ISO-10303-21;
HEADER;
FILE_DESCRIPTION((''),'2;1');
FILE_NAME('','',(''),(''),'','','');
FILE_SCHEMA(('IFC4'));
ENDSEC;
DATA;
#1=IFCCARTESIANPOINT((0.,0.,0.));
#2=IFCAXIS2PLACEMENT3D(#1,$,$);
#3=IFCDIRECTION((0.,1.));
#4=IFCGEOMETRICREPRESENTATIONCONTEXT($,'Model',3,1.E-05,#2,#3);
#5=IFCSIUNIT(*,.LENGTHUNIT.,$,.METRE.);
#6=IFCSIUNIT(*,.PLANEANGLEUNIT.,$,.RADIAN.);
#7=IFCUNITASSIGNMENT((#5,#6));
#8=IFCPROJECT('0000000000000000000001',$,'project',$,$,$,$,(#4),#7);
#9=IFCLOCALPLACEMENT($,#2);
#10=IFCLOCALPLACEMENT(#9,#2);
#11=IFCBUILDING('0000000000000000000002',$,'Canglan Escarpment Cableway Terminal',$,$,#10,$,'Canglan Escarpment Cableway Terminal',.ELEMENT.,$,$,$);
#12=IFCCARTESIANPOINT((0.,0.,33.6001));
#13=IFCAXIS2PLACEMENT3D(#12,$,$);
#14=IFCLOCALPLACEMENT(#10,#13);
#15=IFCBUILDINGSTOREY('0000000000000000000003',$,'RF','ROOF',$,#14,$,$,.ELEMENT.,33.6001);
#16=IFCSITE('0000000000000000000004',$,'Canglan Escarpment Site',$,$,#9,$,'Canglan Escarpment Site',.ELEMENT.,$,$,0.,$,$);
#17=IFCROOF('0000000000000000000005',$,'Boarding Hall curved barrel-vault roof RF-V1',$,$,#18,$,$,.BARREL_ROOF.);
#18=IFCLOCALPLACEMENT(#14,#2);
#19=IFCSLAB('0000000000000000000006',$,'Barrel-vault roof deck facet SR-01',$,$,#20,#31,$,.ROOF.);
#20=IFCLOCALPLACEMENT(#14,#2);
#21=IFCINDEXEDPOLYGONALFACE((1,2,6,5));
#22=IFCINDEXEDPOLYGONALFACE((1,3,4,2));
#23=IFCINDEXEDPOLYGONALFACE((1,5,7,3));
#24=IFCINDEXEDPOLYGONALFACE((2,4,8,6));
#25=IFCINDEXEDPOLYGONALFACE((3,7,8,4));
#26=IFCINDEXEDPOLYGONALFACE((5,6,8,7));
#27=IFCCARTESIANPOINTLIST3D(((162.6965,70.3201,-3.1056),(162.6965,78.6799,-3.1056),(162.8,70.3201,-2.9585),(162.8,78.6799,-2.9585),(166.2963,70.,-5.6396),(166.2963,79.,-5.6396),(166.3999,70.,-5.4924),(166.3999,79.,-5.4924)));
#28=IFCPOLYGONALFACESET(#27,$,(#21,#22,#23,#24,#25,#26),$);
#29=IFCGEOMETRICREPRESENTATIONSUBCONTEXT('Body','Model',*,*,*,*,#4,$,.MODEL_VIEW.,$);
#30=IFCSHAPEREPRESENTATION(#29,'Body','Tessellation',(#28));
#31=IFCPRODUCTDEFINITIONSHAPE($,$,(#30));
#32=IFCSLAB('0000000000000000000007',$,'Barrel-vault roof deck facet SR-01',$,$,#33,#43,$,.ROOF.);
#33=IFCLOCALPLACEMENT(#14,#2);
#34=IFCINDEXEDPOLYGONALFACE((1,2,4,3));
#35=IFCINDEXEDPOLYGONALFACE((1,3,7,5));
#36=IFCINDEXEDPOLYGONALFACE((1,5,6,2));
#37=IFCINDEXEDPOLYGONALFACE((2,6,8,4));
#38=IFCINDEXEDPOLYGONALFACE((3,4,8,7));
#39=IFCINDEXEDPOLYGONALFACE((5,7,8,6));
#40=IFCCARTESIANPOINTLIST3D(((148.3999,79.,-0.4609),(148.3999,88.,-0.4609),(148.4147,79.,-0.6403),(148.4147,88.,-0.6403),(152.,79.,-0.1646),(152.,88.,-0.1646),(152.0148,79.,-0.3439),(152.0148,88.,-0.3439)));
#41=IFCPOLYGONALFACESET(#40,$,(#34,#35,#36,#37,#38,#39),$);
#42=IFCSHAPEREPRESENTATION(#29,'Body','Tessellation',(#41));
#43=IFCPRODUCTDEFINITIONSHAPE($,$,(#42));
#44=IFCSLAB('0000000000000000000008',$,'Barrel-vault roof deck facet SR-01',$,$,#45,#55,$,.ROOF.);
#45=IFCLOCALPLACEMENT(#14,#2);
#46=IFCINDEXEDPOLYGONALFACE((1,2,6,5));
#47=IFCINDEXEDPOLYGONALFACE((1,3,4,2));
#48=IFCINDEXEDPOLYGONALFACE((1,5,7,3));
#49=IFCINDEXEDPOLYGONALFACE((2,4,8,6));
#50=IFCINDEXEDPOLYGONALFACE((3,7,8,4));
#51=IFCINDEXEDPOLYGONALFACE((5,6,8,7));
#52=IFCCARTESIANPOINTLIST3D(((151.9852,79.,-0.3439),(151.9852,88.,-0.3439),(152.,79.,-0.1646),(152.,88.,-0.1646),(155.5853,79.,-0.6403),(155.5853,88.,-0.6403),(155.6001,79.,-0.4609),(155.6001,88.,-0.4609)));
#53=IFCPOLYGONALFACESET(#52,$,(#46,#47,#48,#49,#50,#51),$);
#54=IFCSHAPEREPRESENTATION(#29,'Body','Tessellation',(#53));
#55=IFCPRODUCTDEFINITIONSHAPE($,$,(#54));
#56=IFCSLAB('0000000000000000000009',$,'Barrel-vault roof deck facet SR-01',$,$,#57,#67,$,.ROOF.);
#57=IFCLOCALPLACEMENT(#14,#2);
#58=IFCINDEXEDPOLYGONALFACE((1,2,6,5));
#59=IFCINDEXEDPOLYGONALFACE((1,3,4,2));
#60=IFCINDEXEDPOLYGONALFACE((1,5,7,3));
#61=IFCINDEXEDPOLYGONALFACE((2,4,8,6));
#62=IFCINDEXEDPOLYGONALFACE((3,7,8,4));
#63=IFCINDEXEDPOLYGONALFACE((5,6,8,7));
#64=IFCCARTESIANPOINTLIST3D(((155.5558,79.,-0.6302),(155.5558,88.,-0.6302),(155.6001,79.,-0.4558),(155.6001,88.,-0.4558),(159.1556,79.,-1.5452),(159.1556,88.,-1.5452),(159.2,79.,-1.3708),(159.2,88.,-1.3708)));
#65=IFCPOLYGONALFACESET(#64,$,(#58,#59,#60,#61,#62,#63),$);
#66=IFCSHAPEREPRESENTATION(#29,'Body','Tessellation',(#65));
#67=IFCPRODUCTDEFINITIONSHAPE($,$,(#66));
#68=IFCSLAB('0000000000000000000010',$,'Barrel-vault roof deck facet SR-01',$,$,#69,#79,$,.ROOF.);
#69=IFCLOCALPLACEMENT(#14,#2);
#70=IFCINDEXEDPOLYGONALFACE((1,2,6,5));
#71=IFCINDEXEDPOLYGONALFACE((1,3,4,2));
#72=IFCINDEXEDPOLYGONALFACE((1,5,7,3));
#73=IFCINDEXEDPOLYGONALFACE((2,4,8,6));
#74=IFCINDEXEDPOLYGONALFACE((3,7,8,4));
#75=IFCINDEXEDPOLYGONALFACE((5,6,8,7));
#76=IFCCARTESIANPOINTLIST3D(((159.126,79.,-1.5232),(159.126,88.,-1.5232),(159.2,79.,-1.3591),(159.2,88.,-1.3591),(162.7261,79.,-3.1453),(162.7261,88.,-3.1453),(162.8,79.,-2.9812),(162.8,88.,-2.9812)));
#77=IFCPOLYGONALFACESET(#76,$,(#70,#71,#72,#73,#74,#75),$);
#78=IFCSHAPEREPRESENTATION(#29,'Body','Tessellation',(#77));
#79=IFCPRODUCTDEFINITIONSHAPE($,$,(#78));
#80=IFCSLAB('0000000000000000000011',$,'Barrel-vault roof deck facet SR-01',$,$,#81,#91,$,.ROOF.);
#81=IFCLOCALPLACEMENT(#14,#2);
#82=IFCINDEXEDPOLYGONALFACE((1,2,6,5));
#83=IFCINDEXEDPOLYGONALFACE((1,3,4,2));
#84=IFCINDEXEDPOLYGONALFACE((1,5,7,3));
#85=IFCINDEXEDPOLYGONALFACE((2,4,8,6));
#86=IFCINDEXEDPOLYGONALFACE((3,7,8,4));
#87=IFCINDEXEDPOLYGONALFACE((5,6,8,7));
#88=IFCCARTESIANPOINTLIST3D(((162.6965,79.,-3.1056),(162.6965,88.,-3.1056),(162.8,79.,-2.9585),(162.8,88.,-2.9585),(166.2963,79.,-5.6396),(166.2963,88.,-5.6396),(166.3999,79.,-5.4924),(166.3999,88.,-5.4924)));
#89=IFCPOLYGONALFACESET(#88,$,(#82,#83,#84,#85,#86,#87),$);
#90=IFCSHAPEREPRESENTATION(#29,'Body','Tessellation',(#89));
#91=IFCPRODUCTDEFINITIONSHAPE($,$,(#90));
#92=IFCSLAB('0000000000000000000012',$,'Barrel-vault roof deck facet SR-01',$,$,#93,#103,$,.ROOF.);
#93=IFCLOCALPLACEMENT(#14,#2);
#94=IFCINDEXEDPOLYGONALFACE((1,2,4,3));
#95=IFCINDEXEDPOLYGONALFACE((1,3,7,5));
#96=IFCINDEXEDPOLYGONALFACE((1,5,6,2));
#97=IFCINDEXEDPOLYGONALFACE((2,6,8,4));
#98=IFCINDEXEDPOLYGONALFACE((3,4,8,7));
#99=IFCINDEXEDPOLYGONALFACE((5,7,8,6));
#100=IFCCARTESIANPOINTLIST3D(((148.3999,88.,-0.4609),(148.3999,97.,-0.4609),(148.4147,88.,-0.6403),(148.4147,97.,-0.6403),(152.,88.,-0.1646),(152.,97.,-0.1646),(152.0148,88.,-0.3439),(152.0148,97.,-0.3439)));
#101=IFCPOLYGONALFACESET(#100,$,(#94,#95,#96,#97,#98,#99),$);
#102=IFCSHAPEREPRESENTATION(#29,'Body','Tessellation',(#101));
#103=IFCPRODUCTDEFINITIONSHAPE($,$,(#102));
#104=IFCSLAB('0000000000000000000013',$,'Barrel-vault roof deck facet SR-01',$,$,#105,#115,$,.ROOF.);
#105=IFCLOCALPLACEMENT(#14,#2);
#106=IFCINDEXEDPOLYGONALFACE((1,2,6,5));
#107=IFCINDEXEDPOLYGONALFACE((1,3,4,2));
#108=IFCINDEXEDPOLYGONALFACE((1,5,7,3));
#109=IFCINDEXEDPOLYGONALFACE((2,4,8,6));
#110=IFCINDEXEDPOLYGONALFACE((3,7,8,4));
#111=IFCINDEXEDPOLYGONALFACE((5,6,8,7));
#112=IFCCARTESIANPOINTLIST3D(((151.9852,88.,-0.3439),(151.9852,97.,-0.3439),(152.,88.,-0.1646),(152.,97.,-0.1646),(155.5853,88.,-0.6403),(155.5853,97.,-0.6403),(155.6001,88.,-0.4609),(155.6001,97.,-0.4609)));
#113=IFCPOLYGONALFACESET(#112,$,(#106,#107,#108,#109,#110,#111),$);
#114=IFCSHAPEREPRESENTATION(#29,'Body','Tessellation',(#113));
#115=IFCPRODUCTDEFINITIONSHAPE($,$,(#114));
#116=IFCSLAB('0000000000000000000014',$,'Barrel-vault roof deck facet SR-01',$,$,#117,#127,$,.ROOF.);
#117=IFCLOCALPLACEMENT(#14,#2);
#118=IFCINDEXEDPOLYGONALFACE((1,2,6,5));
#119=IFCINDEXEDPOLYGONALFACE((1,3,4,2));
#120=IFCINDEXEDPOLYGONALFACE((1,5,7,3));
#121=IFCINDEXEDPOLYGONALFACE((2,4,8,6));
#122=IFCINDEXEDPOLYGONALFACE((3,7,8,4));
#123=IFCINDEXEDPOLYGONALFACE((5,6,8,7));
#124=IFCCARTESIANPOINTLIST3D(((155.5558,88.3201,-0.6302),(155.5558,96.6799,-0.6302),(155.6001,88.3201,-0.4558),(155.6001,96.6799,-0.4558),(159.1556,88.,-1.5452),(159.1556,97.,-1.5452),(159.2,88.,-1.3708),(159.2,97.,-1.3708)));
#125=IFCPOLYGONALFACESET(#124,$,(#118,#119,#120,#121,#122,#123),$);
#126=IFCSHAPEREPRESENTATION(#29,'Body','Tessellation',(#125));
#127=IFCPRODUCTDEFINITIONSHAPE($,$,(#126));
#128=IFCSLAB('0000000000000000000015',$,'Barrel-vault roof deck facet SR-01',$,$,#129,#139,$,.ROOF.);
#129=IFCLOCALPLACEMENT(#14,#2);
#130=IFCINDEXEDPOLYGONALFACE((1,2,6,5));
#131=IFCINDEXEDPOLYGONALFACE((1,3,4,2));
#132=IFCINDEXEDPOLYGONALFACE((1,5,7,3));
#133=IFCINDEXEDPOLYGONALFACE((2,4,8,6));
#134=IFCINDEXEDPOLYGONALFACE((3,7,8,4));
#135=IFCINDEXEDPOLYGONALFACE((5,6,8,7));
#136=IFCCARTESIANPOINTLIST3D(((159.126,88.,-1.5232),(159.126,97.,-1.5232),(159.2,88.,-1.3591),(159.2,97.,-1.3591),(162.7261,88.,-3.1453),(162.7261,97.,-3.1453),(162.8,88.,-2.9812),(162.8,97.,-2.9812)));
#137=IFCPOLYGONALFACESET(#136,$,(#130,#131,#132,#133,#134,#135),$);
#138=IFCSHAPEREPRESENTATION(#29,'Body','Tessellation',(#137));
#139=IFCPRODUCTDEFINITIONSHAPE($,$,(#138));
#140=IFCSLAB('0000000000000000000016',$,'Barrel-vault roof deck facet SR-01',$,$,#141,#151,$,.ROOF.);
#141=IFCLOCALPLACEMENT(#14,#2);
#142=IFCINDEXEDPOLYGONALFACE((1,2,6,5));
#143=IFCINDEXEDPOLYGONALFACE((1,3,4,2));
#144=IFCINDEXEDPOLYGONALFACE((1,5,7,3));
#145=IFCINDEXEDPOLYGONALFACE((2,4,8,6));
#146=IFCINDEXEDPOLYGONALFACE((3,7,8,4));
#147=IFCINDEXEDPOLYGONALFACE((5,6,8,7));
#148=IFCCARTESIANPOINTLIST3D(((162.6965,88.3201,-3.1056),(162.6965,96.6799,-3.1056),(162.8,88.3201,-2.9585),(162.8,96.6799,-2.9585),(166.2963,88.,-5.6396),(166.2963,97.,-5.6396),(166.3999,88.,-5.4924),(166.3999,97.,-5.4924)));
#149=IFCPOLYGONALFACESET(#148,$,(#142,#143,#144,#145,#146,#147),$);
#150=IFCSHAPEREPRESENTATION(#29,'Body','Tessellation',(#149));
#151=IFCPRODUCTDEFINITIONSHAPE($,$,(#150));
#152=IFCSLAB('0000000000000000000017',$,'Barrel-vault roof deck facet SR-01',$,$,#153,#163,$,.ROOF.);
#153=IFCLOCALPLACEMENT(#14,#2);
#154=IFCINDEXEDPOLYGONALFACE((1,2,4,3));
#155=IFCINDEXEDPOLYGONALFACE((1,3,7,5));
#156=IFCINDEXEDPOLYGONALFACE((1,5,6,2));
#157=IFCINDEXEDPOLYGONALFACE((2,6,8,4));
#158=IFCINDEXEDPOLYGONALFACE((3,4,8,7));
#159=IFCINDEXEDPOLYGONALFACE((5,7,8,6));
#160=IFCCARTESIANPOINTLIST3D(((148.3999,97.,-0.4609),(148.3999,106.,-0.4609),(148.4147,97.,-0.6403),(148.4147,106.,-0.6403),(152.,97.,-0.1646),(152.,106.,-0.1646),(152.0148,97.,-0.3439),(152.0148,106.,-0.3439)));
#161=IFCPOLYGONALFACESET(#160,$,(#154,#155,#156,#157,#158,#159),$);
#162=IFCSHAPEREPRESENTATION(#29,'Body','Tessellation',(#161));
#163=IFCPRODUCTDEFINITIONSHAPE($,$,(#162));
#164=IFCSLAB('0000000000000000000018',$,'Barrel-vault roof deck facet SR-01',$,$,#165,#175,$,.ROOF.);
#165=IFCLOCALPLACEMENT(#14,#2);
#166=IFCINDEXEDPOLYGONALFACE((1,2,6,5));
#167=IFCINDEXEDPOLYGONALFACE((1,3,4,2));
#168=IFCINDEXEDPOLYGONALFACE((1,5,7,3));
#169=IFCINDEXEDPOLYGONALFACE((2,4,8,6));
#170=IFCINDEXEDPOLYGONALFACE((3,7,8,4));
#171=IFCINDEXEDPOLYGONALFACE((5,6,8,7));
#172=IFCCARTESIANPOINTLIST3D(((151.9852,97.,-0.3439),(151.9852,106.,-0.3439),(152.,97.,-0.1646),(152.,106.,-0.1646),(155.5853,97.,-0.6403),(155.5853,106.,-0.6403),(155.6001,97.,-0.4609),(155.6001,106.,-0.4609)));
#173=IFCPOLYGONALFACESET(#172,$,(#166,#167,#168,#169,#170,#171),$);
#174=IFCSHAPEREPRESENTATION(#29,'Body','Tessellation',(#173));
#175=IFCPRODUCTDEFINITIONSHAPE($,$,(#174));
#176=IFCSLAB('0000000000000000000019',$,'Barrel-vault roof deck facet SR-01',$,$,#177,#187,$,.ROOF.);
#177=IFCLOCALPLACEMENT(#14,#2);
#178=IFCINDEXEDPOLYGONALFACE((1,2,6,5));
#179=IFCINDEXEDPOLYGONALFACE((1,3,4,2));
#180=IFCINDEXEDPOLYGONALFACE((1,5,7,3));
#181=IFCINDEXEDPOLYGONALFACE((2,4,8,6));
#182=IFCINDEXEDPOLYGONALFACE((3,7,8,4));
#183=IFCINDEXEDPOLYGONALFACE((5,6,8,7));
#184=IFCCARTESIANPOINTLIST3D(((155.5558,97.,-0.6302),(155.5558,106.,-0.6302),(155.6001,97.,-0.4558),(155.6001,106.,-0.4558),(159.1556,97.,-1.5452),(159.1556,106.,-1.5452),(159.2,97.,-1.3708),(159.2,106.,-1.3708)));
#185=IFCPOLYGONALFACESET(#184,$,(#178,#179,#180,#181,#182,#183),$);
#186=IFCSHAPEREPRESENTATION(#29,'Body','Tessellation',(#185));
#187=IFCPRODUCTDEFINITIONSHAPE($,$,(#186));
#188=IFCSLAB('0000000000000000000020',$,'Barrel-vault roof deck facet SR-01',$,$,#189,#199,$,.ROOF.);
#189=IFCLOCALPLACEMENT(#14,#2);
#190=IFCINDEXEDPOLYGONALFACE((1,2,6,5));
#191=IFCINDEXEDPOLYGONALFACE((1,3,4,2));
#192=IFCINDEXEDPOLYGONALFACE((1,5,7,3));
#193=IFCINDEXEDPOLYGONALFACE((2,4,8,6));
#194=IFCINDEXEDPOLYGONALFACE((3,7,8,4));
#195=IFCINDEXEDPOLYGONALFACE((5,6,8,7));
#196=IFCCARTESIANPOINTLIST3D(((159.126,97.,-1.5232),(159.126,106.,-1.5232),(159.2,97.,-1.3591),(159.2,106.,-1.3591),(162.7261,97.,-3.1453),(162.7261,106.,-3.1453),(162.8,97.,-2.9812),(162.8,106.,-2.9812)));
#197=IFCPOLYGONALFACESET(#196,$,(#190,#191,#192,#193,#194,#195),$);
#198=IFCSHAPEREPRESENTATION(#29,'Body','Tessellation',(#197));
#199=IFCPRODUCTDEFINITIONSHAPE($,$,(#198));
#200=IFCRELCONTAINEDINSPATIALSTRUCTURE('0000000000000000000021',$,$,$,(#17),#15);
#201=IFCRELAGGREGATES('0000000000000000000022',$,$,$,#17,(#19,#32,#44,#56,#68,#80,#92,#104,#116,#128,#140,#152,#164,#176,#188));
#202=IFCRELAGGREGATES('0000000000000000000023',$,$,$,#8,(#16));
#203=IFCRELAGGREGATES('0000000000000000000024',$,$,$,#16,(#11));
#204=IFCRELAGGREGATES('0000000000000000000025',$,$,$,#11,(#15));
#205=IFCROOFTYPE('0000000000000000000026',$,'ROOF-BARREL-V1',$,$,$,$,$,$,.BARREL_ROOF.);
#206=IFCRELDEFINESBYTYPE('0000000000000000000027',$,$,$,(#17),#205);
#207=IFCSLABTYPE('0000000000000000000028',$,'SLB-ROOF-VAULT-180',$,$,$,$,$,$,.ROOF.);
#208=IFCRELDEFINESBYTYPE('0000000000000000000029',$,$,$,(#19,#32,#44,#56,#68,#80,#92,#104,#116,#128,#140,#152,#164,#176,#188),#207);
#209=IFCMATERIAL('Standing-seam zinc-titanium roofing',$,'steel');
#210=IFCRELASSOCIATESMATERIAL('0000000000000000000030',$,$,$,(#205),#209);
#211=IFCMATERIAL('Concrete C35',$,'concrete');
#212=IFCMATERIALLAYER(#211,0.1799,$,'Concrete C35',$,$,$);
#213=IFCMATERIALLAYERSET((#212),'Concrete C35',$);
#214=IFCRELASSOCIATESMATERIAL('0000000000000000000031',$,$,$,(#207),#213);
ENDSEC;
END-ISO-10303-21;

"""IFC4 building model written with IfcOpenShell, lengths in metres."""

from ifc_helpers import new_model, si_unit, direction, frame, origin, place, context, subcontext, project, spatial, polyline, outline, extrude, material, layer, layer_set, type_object, element, aggregate, save


model = new_model("IFC4")

# Units and contexts
model_context = context("Model", 3, precision=1e-05, world=origin(), true_north=direction((0.0, 1.0)))
body_context = subcontext(model_context, "Body", "Model", "MODEL_VIEW")
ifc_project = project(units=[si_unit("LENGTHUNIT", "METRE"), si_unit("PLANEANGLEUNIT", "RADIAN")], contexts=[model_context])

# Site, building, storey
site_placement = place(None, origin())
site = spatial("IfcSite", under=ifc_project, at=site_placement, Name="Canglan Escarpment Site", LongName="Canglan Escarpment Site", CompositionType="ELEMENT", RefElevation=0.0)
building_placement = place(site_placement, origin())
building = spatial("IfcBuilding", under=site, at=building_placement, Name="Canglan Escarpment Cableway Terminal", LongName="Canglan Escarpment Cableway Terminal", CompositionType="ELEMENT")
storey_placement = place(building_placement, frame((0.0, 0.0, 33.6001)))
storey = spatial("IfcBuildingStorey", under=building, at=storey_placement, Name="RF", Description="ROOF", CompositionType="ELEMENT", Elevation=33.6001)

# Roof, slabs
ifc_material_1 = material(Name="Standing-seam zinc-titanium roofing", Category="steel")
roof_type = type_object("IfcRoofType", Name="ROOF-BARREL-V1", PredefinedType="BARREL_ROOF", material=ifc_material_1)
roof_placement = place(storey_placement, origin())
roof = element("IfcRoof", 1, at=roof_placement, inside=storey, type_object=roof_type, Name="Boarding Hall curved barrel-vault roof RF-V1", PredefinedType="BARREL_ROOF")
ifc_material_2 = material(Name="Concrete C35", Category="concrete")
ifc_layer = layer(ifc_material_2, 0.1799, Name="Concrete C35")
ifc_layer_set = layer_set([ifc_layer], Name="Concrete C35")
slab_type = type_object("IfcSlabType", Name="SLB-ROOF-VAULT-180", PredefinedType="ROOF", material=ifc_layer_set)
slab_1_placement = place(storey_placement, frame((162.8, 70.3201, -2.9585), z_axis=(0.575601, 0.0, 0.817731), x_axis=(0.815578, -0.072514, -0.574085)))
slab_1 = element("IfcSlab", 2, at=slab_1_placement, type_object=slab_type, Name="Barrel-vault roof deck facet SR-01", PredefinedType="ROOF", context=body_context, shape_type="SweptSolid", body=[
    extrude(outline(polyline([(0.0, 0.0), (4.4139, 0.0), (3.7612, 8.9763), (-0.6062, 8.3379), (0.0, 0.0)])), origin(), (0.0, 0.0, -1.0), 0.1799),
])
slab_2_placement = place(storey_placement, frame((148.3999, 79.0, -0.4609), z_axis=(-0.08205, 0.0, 0.996628), x_axis=(0.996628, 0.0, 0.08205)))
slab_2 = element("IfcSlab", 3, at=slab_2_placement, type_object=slab_type, Name="Barrel-vault roof deck facet SR-01", PredefinedType="ROOF", context=body_context, shape_type="SweptSolid", body=[
    extrude(outline(polyline([(0.0, 0.0), (3.6123, 0.0), (3.6123, 9.0), (0.0, 9.0), (0.0, 0.0)])), origin(), (0.0, 0.0, -1.0), 0.1799),
])
slab_3_placement = place(storey_placement, frame((152.0, 79.0, -0.1646), z_axis=(0.08205, 0.0, 0.996628), x_axis=(0.996628, 0.0, -0.08205)))
slab_3 = element("IfcSlab", 4, at=slab_3_placement, type_object=slab_type, Name="Barrel-vault roof deck facet SR-01", PredefinedType="ROOF", context=body_context, shape_type="SweptSolid", body=[
    extrude(outline(polyline([(0.0, 0.0), (3.6123, 0.0), (3.6123, 9.0), (0.0, 9.0), (0.0, 0.0)])), origin(), (0.0, 0.0, -1.0), 0.1799),
])
slab_4_placement = place(storey_placement, frame((155.6001, 79.0, -0.4558), z_axis=(0.246354, 0.0, 0.96918), x_axis=(0.96918, 0.0, -0.246354)))
slab_4 = element("IfcSlab", 5, at=slab_4_placement, type_object=slab_type, Name="Barrel-vault roof deck facet SR-01", PredefinedType="ROOF", context=body_context, shape_type="SweptSolid", body=[
    extrude(outline(polyline([(0.0, 0.0), (3.7143, 0.0), (3.7143, 9.0), (0.0, 9.0), (0.0, 0.0)])), origin(), (0.0, 0.0, -1.0), 0.1799),
])
slab_5_placement = place(storey_placement, frame((159.2, 79.0, -1.3591), z_axis=(0.410791, 0.0, 0.911729), x_axis=(0.911729, 0.0, -0.410791)))
slab_5 = element("IfcSlab", 6, at=slab_5_placement, type_object=slab_type, Name="Barrel-vault roof deck facet SR-01", PredefinedType="ROOF", context=body_context, shape_type="SweptSolid", body=[
    extrude(outline(polyline([(0.0, 0.0), (3.9486, 0.0), (3.9486, 9.0), (0.0, 9.0), (0.0, 0.0)])), origin(), (0.0, 0.0, -1.0), 0.1799),
])
slab_6_placement = place(storey_placement, frame((162.8, 79.0, -2.9585), z_axis=(0.575601, 0.0, 0.817731), x_axis=(0.817731, 0.0, -0.575601)))
slab_6 = element("IfcSlab", 7, at=slab_6_placement, type_object=slab_type, Name="Barrel-vault roof deck facet SR-01", PredefinedType="ROOF", context=body_context, shape_type="SweptSolid", body=[
    extrude(outline(polyline([(0.0, 0.0), (4.4022, 0.0), (4.4022, 9.0), (0.0, 9.0), (0.0, 0.0)])), origin(), (0.0, 0.0, -1.0), 0.1799),
])
slab_7_placement = place(storey_placement, frame((148.3999, 88.0, -0.4609), z_axis=(-0.08205, 0.0, 0.996628), x_axis=(0.996628, 0.0, 0.08205)))
slab_7 = element("IfcSlab", 8, at=slab_7_placement, type_object=slab_type, Name="Barrel-vault roof deck facet SR-01", PredefinedType="ROOF", context=body_context, shape_type="SweptSolid", body=[
    extrude(outline(polyline([(0.0, 0.0), (3.6123, 0.0), (3.6123, 9.0), (0.0, 9.0), (0.0, 0.0)])), origin(), (0.0, 0.0, -1.0), 0.1799),
])
slab_8_placement = place(storey_placement, frame((152.0, 88.0, -0.1646), z_axis=(0.08205, 0.0, 0.996628), x_axis=(0.996628, 0.0, -0.08205)))
slab_8 = element("IfcSlab", 9, at=slab_8_placement, type_object=slab_type, Name="Barrel-vault roof deck facet SR-01", PredefinedType="ROOF", context=body_context, shape_type="SweptSolid", body=[
    extrude(outline(polyline([(0.0, 0.0), (3.6123, 0.0), (3.6123, 9.0), (0.0, 9.0), (0.0, 0.0)])), origin(), (0.0, 0.0, -1.0), 0.1799),
])
slab_9_placement = place(storey_placement, frame((155.6001, 88.3201, -0.4558), z_axis=(0.246354, 0.0, 0.96918), x_axis=(0.965602, -0.085853, -0.245444)))
slab_9 = element("IfcSlab", 10, at=slab_9_placement, type_object=slab_type, Name="Barrel-vault roof deck facet SR-01", PredefinedType="ROOF", context=body_context, shape_type="SweptSolid", body=[
    extrude(outline(polyline([(0.0, 0.0), (3.7281, 0.0), (2.9554, 8.9668), (-0.7177, 8.329), (0.0, 0.0)])), origin(), (0.0, 0.0, -1.0), 0.1799),
])
slab_10_placement = place(storey_placement, frame((159.2, 88.0, -1.3591), z_axis=(0.410791, 0.0, 0.911729), x_axis=(0.911729, 0.0, -0.410791)))
slab_10 = element("IfcSlab", 11, at=slab_10_placement, type_object=slab_type, Name="Barrel-vault roof deck facet SR-01", PredefinedType="ROOF", context=body_context, shape_type="SweptSolid", body=[
    extrude(outline(polyline([(0.0, 0.0), (3.9486, 0.0), (3.9486, 9.0), (0.0, 9.0), (0.0, 0.0)])), origin(), (0.0, 0.0, -1.0), 0.1799),
])
slab_11_placement = place(storey_placement, frame((162.8, 88.3201, -2.9585), z_axis=(0.575601, 0.0, 0.817731), x_axis=(0.815578, -0.072514, -0.574085)))
slab_11 = element("IfcSlab", 12, at=slab_11_placement, type_object=slab_type, Name="Barrel-vault roof deck facet SR-01", PredefinedType="ROOF", context=body_context, shape_type="SweptSolid", body=[
    extrude(outline(polyline([(0.0, 0.0), (4.4139, 0.0), (3.7612, 8.9763), (-0.6062, 8.3379), (0.0, 0.0)])), origin(), (0.0, 0.0, -1.0), 0.1799),
])
slab_12_placement = place(storey_placement, frame((148.3999, 97.0, -0.4609), z_axis=(-0.08205, 0.0, 0.996628), x_axis=(0.996628, 0.0, 0.08205)))
slab_12 = element("IfcSlab", 13, at=slab_12_placement, type_object=slab_type, Name="Barrel-vault roof deck facet SR-01", PredefinedType="ROOF", context=body_context, shape_type="SweptSolid", body=[
    extrude(outline(polyline([(0.0, 0.0), (3.6123, 0.0), (3.6123, 9.0), (0.0, 9.0), (0.0, 0.0)])), origin(), (0.0, 0.0, -1.0), 0.1799),
])
slab_13_placement = place(storey_placement, frame((152.0, 97.0, -0.1646), z_axis=(0.08205, 0.0, 0.996628), x_axis=(0.996628, 0.0, -0.08205)))
slab_13 = element("IfcSlab", 14, at=slab_13_placement, type_object=slab_type, Name="Barrel-vault roof deck facet SR-01", PredefinedType="ROOF", context=body_context, shape_type="SweptSolid", body=[
    extrude(outline(polyline([(0.0, 0.0), (3.6123, 0.0), (3.6123, 9.0), (0.0, 9.0), (0.0, 0.0)])), origin(), (0.0, 0.0, -1.0), 0.1799),
])
slab_14_placement = place(storey_placement, frame((155.6001, 97.0, -0.4558), z_axis=(0.246354, 0.0, 0.96918), x_axis=(0.96918, 0.0, -0.246354)))
slab_14 = element("IfcSlab", 15, at=slab_14_placement, type_object=slab_type, Name="Barrel-vault roof deck facet SR-01", PredefinedType="ROOF", context=body_context, shape_type="SweptSolid", body=[
    extrude(outline(polyline([(0.0, 0.0), (3.7143, 0.0), (3.7143, 9.0), (0.0, 9.0), (0.0, 0.0)])), origin(), (0.0, 0.0, -1.0), 0.1799),
])
slab_15_placement = place(storey_placement, frame((159.2, 97.0, -1.3591), z_axis=(0.410791, 0.0, 0.911729), x_axis=(0.911729, 0.0, -0.410791)))
slab_15 = element("IfcSlab", 16, at=slab_15_placement, type_object=slab_type, Name="Barrel-vault roof deck facet SR-01", PredefinedType="ROOF", context=body_context, shape_type="SweptSolid", body=[
    extrude(outline(polyline([(0.0, 0.0), (3.9486, 0.0), (3.9486, 9.0), (0.0, 9.0), (0.0, 0.0)])), origin(), (0.0, 0.0, -1.0), 0.1799),
])
aggregate(roof, [slab_1, slab_2, slab_3, slab_4, slab_5, slab_6, slab_7, slab_8, slab_9, slab_10, slab_11, slab_12, slab_13, slab_14, slab_15])

save(model, "model.ifc")
